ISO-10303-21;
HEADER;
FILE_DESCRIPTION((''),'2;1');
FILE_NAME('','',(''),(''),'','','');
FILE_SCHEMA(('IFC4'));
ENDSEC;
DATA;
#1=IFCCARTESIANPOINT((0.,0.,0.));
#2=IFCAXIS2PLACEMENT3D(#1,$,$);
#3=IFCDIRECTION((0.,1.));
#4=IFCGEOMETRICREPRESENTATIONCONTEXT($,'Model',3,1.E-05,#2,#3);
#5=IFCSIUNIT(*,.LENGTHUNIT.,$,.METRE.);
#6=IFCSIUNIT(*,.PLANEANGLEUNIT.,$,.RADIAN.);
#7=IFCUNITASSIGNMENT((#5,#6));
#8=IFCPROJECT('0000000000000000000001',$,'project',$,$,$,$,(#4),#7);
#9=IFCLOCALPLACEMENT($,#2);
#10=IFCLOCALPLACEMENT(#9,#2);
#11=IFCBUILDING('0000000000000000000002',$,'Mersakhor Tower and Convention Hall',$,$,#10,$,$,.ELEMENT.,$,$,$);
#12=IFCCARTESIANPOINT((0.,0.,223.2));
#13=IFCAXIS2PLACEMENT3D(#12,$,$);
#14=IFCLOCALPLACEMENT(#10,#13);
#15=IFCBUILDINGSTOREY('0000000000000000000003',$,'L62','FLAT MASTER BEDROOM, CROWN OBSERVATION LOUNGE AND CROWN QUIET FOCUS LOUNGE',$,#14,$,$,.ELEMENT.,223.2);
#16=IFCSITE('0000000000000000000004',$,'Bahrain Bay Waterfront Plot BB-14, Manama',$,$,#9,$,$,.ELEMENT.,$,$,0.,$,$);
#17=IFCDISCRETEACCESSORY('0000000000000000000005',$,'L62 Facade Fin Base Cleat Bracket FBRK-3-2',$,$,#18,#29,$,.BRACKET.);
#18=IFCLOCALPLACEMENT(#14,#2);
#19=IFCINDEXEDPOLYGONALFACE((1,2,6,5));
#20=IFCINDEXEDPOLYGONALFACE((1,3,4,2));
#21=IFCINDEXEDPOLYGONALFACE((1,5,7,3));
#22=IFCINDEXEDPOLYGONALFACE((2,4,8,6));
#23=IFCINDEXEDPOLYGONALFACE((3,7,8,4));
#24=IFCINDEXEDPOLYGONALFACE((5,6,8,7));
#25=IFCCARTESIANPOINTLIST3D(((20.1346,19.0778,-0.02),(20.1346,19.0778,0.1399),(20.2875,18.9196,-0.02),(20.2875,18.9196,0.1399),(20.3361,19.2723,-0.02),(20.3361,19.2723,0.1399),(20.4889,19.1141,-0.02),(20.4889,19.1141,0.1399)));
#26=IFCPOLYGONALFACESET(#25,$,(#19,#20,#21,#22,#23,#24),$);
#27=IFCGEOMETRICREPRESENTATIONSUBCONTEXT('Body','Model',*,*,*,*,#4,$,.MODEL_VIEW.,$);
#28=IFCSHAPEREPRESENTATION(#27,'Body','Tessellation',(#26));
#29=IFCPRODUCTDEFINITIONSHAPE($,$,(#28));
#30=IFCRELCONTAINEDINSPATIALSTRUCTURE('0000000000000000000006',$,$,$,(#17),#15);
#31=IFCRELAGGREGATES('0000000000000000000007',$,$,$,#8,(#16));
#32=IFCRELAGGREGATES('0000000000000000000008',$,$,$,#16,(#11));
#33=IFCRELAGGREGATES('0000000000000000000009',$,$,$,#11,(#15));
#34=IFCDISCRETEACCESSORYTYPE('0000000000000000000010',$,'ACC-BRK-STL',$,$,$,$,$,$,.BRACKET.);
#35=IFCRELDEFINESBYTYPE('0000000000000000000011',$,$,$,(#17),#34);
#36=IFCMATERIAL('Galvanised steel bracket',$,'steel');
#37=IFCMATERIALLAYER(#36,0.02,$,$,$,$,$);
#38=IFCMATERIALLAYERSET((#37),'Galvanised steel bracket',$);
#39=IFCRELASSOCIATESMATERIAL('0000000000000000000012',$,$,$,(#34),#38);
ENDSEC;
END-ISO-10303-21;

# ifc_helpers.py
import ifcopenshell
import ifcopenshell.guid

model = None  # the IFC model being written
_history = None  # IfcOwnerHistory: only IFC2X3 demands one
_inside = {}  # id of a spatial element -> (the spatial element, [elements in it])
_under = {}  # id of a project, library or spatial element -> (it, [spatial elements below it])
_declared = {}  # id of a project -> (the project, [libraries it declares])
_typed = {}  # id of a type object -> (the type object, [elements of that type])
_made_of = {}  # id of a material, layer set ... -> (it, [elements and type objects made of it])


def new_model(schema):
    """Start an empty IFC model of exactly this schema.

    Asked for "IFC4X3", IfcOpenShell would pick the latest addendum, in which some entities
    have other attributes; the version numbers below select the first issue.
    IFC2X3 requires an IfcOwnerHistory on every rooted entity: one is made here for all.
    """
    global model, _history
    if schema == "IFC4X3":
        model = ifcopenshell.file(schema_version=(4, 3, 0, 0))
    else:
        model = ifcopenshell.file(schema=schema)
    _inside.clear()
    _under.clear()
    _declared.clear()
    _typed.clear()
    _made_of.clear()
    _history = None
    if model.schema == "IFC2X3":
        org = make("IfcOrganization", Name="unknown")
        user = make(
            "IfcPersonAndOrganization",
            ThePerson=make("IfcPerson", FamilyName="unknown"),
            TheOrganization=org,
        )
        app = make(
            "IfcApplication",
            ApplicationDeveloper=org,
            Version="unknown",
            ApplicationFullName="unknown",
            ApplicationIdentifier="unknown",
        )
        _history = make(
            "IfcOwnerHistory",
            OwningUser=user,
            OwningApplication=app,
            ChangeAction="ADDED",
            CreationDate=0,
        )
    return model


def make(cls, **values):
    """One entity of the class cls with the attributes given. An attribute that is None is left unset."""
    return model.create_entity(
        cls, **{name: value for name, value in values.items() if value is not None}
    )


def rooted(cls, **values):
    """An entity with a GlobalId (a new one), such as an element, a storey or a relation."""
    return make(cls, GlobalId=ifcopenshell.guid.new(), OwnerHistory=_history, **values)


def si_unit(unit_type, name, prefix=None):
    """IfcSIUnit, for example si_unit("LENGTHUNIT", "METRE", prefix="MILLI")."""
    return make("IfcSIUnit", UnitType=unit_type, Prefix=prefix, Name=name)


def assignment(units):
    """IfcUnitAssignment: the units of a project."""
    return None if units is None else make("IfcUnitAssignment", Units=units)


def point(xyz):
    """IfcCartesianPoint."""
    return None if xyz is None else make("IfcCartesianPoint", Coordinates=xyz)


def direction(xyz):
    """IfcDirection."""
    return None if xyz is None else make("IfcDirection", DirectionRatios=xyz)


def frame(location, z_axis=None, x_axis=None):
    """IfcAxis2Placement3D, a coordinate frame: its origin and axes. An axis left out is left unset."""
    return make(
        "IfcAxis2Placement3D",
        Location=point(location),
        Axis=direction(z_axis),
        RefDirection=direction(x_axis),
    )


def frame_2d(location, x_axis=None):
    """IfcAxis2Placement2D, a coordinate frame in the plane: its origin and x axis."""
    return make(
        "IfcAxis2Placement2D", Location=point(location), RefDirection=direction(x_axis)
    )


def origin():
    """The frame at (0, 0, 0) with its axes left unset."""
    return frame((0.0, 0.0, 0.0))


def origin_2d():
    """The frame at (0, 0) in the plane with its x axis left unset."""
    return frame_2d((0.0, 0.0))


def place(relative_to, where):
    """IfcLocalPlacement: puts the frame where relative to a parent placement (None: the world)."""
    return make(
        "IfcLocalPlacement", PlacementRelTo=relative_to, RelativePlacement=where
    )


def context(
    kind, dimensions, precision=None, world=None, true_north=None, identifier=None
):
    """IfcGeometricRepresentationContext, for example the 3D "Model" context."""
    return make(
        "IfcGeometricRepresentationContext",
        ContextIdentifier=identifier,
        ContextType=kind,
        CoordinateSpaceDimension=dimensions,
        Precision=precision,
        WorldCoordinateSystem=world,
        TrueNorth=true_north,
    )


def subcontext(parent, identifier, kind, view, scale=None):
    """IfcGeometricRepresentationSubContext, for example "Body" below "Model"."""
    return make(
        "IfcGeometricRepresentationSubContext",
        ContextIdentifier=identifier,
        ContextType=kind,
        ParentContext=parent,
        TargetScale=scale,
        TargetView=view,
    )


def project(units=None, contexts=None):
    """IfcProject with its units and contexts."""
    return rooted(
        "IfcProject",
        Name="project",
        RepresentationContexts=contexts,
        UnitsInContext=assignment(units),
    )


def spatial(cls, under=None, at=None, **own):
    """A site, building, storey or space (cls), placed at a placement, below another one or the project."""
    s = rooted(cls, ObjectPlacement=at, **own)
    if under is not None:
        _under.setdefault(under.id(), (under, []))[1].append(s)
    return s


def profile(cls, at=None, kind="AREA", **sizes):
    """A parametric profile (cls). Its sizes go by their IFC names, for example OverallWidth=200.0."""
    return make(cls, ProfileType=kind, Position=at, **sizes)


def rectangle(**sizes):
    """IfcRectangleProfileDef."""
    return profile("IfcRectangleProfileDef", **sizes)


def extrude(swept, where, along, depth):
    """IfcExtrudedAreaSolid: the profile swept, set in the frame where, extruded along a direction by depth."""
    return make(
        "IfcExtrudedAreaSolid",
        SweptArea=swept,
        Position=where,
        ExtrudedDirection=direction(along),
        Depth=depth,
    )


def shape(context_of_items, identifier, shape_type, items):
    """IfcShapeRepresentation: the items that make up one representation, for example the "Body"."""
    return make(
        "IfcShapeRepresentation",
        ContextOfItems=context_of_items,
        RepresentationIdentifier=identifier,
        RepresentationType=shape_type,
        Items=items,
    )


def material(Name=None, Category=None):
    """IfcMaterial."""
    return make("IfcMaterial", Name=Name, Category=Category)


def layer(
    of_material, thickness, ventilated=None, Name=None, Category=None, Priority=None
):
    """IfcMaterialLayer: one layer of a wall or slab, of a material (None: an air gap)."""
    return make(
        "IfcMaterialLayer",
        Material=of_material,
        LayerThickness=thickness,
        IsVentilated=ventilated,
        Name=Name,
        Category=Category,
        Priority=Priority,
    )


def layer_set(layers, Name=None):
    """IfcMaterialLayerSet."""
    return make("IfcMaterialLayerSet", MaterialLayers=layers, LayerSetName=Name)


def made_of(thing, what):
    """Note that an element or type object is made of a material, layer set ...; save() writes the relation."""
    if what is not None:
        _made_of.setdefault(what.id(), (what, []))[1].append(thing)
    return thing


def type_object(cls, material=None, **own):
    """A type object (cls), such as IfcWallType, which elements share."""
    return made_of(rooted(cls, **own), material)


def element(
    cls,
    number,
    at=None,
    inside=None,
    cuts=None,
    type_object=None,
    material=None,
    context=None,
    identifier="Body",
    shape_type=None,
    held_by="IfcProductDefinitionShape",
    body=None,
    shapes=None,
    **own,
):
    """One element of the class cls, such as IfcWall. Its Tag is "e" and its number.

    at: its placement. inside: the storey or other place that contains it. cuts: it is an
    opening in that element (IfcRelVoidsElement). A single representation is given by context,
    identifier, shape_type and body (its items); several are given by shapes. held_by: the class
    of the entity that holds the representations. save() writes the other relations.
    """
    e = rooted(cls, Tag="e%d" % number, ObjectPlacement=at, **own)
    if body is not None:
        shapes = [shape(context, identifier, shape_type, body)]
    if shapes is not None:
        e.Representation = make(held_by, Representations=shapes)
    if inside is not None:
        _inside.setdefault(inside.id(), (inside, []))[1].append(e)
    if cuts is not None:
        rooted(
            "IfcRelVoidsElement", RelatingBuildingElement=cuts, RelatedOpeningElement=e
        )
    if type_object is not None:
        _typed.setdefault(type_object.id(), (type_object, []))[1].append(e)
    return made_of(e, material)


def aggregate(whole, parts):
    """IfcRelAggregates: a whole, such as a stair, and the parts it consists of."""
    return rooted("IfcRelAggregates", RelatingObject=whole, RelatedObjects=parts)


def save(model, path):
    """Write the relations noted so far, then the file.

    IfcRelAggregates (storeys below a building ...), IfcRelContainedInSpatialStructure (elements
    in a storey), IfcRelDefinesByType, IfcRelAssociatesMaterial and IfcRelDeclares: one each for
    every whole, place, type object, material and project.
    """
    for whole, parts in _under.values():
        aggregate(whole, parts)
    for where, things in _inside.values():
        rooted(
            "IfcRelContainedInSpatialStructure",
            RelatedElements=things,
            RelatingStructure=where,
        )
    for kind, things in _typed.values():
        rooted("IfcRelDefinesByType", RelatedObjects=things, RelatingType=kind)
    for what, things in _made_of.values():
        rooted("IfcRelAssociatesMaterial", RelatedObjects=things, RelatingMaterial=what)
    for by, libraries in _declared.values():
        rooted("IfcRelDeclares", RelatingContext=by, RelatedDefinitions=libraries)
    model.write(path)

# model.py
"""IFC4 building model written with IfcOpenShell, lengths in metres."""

from ifc_helpers import new_model, si_unit, direction, frame, origin, origin_2d, place, context, subcontext, project, spatial, rectangle, extrude, material, layer, layer_set, type_object, element, save


model = new_model("IFC4")

# Units and contexts
model_context = context("Model", 3, precision=1e-05, world=origin(), true_north=direction((0.0, 1.0)))
body_context = subcontext(model_context, "Body", "Model", "MODEL_VIEW")
ifc_project = project(units=[si_unit("LENGTHUNIT", "METRE"), si_unit("PLANEANGLEUNIT", "RADIAN")], contexts=[model_context])

# Site, building, storey
site_placement = place(None, origin())
site = spatial("IfcSite", under=ifc_project, at=site_placement, Name="Bahrain Bay Waterfront Plot BB-14, Manama", CompositionType="ELEMENT", RefElevation=0.0)
building_placement = place(site_placement, origin())
building = spatial("IfcBuilding", under=site, at=building_placement, Name="Mersakhor Tower and Convention Hall", CompositionType="ELEMENT")
storey_placement = place(building_placement, frame((0.0, 0.0, 223.2)))
storey = spatial("IfcBuildingStorey", under=building, at=storey_placement, Name="L62", Description="FLAT MASTER BEDROOM, CROWN OBSERVATION LOUNGE AND CROWN QUIET FOCUS LOUNGE", CompositionType="ELEMENT", Elevation=223.2)

# Discrete accessory
ifc_material_1 = material(Name="Galvanised steel bracket", Category="steel")
ifc_layer_1 = layer(ifc_material_1, 0.02)
ifc_layer_set_1 = layer_set([ifc_layer_1], Name="Galvanised steel bracket")
discrete_accessory_type = type_object("IfcDiscreteAccessoryType", Name="ACC-BRK-STL", PredefinedType="BRACKET", material=ifc_layer_set_1)
discrete_accessory_1_placement = place(storey_placement, frame((20.3118, 19.0959, -0.02), z_axis=(0.0, 0.0, 1.0), x_axis=(-0.71934, -0.694658, 0.0)))
element("IfcDiscreteAccessory", 1, at=discrete_accessory_1_placement, inside=storey, type_object=discrete_accessory_type, Name="L62 Facade Fin Base Cleat Bracket FBRK-3-2", PredefinedType="BRACKET", context=body_context, shape_type="SweptSolid", body=[
    extrude(rectangle(XDim=0.28, YDim=0.22, at=origin_2d()), origin(), (0.0, 0.0, 1.0), 0.1599),
])

save(model, "model.ifc")
